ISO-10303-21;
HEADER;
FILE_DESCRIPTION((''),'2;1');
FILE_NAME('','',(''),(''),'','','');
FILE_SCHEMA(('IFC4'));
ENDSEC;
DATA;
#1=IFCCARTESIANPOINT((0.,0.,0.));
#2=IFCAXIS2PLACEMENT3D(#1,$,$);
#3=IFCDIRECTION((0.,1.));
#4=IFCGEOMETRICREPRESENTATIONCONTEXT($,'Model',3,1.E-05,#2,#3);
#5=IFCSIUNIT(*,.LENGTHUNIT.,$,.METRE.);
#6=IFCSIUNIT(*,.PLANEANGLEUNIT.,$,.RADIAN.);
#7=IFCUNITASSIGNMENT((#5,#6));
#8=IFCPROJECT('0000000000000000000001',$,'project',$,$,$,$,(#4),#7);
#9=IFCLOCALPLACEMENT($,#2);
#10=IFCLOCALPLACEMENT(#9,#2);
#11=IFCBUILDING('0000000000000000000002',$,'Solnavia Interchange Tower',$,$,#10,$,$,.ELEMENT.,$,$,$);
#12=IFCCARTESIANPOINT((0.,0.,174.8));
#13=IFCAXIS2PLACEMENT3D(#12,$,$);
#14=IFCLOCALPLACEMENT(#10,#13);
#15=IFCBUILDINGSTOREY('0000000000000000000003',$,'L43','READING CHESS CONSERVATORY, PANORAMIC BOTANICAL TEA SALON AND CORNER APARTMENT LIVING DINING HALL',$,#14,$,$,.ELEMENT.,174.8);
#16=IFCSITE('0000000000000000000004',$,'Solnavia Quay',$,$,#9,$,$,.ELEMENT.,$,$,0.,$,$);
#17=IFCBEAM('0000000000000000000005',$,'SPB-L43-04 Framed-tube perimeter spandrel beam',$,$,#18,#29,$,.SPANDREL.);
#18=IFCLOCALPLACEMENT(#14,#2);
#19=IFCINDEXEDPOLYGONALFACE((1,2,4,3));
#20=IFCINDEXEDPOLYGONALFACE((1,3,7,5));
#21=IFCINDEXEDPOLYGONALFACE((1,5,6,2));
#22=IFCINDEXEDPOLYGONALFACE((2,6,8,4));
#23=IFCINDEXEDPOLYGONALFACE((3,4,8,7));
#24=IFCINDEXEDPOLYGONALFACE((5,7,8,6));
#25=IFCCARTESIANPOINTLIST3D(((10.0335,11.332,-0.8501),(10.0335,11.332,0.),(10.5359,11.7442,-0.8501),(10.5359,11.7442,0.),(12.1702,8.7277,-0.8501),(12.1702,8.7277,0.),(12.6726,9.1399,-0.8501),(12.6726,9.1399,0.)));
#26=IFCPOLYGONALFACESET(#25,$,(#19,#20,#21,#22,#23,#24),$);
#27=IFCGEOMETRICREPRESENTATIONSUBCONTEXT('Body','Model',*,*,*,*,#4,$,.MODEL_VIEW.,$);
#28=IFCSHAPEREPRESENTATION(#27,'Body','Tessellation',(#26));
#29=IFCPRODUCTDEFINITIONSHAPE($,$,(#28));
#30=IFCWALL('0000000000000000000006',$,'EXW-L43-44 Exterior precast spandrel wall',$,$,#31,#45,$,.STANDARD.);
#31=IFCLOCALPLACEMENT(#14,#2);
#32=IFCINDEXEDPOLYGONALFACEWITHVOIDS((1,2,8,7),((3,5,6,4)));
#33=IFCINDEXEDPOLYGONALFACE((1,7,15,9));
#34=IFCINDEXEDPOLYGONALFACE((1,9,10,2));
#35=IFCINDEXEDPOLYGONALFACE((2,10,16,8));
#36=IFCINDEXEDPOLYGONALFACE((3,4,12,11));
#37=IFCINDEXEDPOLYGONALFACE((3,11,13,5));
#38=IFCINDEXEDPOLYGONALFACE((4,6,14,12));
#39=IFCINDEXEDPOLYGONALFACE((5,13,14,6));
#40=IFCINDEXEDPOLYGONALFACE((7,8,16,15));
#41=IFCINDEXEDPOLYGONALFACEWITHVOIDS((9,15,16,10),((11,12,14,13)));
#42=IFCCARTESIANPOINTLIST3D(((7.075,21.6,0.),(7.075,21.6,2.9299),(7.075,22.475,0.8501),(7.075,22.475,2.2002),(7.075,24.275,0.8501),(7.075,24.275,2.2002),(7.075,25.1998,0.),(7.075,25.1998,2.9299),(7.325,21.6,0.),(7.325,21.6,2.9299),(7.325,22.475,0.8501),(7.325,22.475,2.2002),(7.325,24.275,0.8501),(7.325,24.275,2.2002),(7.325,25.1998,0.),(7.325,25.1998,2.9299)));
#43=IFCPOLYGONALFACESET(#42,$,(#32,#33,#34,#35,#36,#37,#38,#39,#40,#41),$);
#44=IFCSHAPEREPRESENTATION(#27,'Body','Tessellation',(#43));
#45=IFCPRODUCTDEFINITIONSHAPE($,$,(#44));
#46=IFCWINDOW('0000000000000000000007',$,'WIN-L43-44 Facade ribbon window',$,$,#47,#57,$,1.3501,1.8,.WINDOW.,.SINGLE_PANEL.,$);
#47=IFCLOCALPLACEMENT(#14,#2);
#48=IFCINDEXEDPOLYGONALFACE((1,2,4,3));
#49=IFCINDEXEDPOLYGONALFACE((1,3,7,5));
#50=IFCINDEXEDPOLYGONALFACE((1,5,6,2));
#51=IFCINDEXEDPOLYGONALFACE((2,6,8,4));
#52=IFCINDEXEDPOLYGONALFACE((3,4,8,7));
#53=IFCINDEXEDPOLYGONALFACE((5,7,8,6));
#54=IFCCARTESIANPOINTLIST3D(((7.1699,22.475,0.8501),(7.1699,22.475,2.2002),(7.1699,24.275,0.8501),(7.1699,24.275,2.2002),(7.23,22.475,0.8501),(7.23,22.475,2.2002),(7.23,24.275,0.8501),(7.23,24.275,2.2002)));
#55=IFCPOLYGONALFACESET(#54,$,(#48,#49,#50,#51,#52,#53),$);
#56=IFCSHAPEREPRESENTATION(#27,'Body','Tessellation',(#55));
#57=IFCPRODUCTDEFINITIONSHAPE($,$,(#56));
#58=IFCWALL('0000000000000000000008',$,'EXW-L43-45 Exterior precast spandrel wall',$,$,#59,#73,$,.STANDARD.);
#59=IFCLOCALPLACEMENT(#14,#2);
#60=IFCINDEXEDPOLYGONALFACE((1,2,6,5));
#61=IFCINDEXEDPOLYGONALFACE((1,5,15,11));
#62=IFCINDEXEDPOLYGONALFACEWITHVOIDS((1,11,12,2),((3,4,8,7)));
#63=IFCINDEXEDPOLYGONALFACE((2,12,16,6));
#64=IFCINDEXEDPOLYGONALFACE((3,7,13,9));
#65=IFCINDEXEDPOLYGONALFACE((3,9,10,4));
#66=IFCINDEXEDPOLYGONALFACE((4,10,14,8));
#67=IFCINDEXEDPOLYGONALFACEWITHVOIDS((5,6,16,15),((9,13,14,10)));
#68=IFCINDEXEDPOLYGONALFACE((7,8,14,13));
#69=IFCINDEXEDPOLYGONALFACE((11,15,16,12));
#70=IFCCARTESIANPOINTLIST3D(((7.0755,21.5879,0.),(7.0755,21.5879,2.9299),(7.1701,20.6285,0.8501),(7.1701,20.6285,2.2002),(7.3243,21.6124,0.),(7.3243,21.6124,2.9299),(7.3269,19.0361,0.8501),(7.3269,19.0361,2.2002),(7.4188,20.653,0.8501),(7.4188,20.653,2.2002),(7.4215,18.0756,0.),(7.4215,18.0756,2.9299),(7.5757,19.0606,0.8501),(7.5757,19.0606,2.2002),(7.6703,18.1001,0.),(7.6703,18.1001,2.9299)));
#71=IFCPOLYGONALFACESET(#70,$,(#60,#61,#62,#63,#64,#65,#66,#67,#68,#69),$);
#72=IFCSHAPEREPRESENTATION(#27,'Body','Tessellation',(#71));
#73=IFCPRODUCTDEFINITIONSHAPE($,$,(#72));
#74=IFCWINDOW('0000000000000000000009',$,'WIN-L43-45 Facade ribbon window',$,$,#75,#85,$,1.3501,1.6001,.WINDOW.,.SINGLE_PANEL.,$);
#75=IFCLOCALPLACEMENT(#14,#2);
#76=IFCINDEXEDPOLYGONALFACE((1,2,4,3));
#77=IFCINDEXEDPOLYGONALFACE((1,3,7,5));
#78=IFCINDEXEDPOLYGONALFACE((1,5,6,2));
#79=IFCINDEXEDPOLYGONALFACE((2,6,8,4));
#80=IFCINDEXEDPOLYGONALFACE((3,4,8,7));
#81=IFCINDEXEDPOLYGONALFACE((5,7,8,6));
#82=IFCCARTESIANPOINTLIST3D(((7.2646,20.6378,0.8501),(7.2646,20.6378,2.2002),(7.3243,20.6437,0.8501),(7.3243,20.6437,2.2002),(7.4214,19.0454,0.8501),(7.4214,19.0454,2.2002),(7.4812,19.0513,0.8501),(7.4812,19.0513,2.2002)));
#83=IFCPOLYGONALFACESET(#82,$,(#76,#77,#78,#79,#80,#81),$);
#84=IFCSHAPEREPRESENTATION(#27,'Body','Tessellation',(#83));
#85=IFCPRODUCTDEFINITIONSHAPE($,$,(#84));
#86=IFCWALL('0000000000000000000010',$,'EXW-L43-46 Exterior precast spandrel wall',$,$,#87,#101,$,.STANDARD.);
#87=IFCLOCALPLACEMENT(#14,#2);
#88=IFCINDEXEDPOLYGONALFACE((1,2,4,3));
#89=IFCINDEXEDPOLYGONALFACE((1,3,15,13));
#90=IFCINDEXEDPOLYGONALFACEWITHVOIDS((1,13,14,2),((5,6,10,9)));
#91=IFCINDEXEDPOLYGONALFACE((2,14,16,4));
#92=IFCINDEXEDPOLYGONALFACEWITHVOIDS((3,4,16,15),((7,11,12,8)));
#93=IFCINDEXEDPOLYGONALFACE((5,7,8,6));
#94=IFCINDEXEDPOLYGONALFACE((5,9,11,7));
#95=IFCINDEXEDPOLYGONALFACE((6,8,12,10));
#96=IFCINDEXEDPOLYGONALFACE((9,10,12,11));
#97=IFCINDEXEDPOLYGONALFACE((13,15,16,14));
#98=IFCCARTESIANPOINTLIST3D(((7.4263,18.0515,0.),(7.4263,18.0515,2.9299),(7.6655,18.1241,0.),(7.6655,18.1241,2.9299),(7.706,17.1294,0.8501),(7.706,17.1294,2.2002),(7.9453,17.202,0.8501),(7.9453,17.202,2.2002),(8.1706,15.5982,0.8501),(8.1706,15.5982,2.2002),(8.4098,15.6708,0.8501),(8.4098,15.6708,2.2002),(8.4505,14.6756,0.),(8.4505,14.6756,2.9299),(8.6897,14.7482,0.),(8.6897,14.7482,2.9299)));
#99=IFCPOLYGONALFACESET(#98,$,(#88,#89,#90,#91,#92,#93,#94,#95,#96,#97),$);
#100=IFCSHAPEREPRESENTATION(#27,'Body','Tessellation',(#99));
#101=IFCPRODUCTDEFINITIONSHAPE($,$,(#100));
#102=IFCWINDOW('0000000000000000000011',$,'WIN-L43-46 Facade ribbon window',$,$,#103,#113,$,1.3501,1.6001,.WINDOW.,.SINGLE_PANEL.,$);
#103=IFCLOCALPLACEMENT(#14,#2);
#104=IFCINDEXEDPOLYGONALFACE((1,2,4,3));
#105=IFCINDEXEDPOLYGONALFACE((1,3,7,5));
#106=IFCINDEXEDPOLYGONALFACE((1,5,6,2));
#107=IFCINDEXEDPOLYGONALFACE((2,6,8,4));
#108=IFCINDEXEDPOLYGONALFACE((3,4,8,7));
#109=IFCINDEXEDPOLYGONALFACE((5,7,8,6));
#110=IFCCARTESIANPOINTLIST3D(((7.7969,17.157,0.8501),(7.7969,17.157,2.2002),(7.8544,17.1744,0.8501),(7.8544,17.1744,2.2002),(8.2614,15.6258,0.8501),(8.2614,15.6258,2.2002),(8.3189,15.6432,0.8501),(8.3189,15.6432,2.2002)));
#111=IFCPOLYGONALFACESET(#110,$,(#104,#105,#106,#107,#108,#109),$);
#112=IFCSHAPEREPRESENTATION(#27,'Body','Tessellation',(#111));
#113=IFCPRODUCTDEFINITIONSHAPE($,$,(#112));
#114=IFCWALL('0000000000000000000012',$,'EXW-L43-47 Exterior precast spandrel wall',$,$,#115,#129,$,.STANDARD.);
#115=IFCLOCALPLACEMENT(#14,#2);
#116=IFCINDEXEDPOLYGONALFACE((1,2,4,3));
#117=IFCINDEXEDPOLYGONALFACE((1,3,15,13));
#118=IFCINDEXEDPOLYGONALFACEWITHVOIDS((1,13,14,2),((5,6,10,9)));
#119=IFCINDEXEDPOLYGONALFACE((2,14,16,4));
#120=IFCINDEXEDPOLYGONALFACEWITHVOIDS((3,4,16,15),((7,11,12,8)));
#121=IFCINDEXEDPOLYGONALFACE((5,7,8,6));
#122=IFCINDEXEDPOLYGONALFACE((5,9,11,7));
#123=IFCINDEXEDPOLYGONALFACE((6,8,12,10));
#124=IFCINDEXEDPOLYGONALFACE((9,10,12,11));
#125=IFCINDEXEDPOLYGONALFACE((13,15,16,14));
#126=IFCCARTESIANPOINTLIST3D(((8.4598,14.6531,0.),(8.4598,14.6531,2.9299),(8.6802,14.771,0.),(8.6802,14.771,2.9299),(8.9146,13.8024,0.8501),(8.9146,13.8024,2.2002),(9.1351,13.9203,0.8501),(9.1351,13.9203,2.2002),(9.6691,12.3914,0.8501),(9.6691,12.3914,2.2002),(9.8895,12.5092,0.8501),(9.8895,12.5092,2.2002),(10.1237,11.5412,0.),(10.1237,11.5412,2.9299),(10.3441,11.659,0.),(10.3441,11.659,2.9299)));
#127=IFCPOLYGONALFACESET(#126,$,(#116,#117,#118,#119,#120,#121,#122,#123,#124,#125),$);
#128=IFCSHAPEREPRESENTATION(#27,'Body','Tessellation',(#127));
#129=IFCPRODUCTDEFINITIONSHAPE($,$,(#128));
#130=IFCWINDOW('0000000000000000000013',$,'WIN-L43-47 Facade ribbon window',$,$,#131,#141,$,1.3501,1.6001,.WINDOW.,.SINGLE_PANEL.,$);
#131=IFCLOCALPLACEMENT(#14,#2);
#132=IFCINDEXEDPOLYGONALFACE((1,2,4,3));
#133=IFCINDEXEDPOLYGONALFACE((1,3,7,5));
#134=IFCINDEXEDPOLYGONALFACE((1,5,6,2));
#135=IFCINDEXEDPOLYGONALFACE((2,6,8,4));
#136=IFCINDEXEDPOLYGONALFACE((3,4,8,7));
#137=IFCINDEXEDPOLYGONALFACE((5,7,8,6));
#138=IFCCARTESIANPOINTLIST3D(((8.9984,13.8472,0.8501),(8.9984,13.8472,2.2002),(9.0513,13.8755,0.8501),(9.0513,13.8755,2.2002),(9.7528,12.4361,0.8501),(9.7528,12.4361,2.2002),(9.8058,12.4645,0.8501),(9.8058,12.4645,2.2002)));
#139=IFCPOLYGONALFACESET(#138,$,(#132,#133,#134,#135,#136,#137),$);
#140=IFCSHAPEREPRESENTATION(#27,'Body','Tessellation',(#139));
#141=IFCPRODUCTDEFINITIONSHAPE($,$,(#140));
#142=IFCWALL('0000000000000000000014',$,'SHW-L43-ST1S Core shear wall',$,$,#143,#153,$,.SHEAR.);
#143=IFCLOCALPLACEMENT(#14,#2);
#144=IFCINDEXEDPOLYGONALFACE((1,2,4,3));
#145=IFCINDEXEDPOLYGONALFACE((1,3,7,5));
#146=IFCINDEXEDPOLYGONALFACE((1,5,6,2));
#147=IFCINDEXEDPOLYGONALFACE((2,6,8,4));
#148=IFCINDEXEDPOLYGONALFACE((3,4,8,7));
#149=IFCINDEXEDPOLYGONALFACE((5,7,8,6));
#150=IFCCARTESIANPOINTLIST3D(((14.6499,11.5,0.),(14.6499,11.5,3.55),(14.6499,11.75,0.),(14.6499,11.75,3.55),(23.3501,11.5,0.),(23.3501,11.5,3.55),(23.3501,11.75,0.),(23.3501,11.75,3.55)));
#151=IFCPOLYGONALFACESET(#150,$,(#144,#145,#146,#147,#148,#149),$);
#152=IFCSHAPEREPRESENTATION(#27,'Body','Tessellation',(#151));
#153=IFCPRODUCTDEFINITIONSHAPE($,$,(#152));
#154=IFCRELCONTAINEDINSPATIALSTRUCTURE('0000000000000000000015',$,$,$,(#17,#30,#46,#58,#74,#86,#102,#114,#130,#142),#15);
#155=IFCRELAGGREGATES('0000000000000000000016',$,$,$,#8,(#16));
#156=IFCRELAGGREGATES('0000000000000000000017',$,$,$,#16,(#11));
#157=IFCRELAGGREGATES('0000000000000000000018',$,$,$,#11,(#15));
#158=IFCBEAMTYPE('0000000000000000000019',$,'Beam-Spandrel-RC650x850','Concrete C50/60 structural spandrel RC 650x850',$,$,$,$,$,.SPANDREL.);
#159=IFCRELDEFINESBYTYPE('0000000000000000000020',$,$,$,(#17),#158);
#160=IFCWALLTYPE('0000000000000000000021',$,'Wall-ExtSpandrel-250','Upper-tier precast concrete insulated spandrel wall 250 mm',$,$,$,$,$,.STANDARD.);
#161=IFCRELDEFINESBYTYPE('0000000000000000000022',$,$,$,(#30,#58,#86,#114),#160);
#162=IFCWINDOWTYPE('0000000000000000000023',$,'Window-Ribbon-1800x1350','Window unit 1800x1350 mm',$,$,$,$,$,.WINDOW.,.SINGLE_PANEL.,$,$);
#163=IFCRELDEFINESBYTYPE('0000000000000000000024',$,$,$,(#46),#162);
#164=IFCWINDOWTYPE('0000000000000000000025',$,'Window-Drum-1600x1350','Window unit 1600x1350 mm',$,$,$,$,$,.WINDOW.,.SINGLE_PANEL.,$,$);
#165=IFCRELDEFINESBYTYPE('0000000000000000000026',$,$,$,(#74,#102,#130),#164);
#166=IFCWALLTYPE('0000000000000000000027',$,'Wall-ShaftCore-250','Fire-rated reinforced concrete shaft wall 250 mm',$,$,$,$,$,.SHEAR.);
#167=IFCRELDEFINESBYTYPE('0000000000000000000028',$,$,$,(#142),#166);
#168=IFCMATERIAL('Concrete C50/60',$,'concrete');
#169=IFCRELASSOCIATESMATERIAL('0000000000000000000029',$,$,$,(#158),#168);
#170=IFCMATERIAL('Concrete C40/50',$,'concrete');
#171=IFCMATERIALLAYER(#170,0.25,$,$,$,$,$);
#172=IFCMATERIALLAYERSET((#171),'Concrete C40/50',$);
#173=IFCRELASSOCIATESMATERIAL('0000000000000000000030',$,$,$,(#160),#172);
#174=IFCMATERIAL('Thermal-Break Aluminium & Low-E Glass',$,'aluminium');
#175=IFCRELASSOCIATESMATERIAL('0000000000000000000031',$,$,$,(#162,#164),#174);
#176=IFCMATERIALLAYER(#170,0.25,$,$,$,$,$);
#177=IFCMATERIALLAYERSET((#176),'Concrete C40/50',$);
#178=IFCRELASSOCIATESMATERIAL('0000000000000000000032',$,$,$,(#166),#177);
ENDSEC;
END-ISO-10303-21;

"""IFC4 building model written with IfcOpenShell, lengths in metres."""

from ifc_helpers import new_model, si_unit, direction, frame, frame_2d, origin, origin_2d, place, context, subcontext, project, spatial, rectangle, extrude, material, layer, layer_set, material_profile, profile_set, type_object, element, fill, save


model = new_model("IFC4")

# Units and contexts
model_context = context("Model", 3, precision=1e-05, world=origin(), true_north=direction((0.0, 1.0)))
body_context = subcontext(model_context, "Body", "Model", "MODEL_VIEW")
ifc_project = project(units=[si_unit("LENGTHUNIT", "METRE"), si_unit("PLANEANGLEUNIT", "RADIAN")], contexts=[model_context])

# Site, building, storey
site_placement = place(None, origin())
site = spatial("IfcSite", under=ifc_project, at=site_placement, Name="Solnavia Quay", CompositionType="ELEMENT", RefElevation=0.0)
building_placement = place(site_placement, origin())
building = spatial("IfcBuilding", under=site, at=building_placement, Name="Solnavia Interchange Tower", CompositionType="ELEMENT")
storey_placement = place(building_placement, frame((0.0, 0.0, 174.8)))
storey = spatial("IfcBuildingStorey", under=building, at=storey_placement, Name="L43", Description="READING CHESS CONSERVATORY, PANORAMIC BOTANICAL TEA SALON AND CORNER APARTMENT LIVING DINING HALL", CompositionType="ELEMENT", Elevation=174.8)

# Shared definitions
ifc_material_1 = material(Name="Concrete C50/60", Category="concrete")

# Beam
ifc_material_profile_1 = material_profile(ifc_material_1, rectangle(XDim=0.6499, YDim=0.8501, at=origin_2d()), Name="RC 650x850")
ifc_profile_set_1 = profile_set([ifc_material_profile_1], Name="Concrete C50/60")
beam_type_1 = type_object("IfcBeamType", Name="Beam-Spandrel-RC650x850", Description="Concrete C50/60 structural spandrel RC 650x850", PredefinedType="SPANDREL", material=ifc_profile_set_1)
beam_1_placement = place(storey_placement, frame((10.2847, 11.5381, -0.425), z_axis=(0.634299, -0.773088, 0.0), x_axis=(0.773088, 0.634299, 0.0)))
element("IfcBeam", 1, at=beam_1_placement, inside=storey, type_object=beam_type_1, Name="SPB-L43-04 Framed-tube perimeter spandrel beam", PredefinedType="SPANDREL", context=body_context, shape_type="SweptSolid", body=[
    extrude(rectangle(XDim=0.6499, YDim=0.8501, at=origin_2d()), origin(), (0.0, 0.0, 1.0), 3.3687),
])

# Walls, openings, windows
ifc_material_2 = material(Name="Concrete C40/50", Category="concrete")
ifc_layer_1 = layer(ifc_material_2, 0.25)
ifc_layer_set_1 = layer_set([ifc_layer_1], Name="Concrete C40/50")
wall_type_1 = type_object("IfcWallType", Name="Wall-ExtSpandrel-250", Description="Upper-tier precast concrete insulated spandrel wall 250 mm", PredefinedType="STANDARD", material=ifc_layer_set_1)
wall_1_placement = place(storey_placement, frame((7.2, 21.6001, 0.0), z_axis=(0.0, 0.0, 1.0), x_axis=(0.0, 1.0, 0.0)))
wall_1 = element("IfcWall", 2, at=wall_1_placement, inside=storey, type_object=wall_type_1, Name="EXW-L43-44 Exterior precast spandrel wall", PredefinedType="STANDARD", context=body_context, shape_type="SweptSolid", body=[
    extrude(rectangle(XDim=3.5999, YDim=0.25, at=frame_2d((1.7998, 0.0))), origin(), (0.0, 0.0, 1.0), 2.9299),
])
opening_1_placement = place(wall_1_placement, frame((0.875, 0.0, 0.8501)))
opening_1 = element("IfcOpeningElement", 3, at=opening_1_placement, cuts=wall_1, PredefinedType="OPENING", context=body_context, shape_type="SweptSolid", body=[
    extrude(rectangle(XDim=1.8, YDim=1.3501, at=frame_2d((0.8999, 0.675))), frame((0.0, 0.135, 0.0), z_axis=(0.0, -1.0, 0.0), x_axis=(1.0, 0.0, 0.0)), (0.0, 0.0, 1.0), 0.27),
])
ifc_material_3 = material(Name="Thermal-Break Aluminium & Low-E Glass", Category="aluminium")
window_type_1 = type_object("IfcWindowType", Name="Window-Ribbon-1800x1350", Description="Window unit 1800x1350 mm", PartitioningType="SINGLE_PANEL", PredefinedType="WINDOW", material=ifc_material_3)
window_1_placement = place(opening_1_placement, origin())
window_1 = element("IfcWindow", 4, at=window_1_placement, inside=storey, type_object=window_type_1, Name="WIN-L43-44 Facade ribbon window", OverallHeight=1.3501, OverallWidth=1.8, PartitioningType="SINGLE_PANEL", PredefinedType="WINDOW", context=body_context, shape_type="SweptSolid", body=[
    extrude(rectangle(XDim=1.8, YDim=1.3501, at=frame_2d((0.8999, 0.675))), frame((0.0, 0.03, 0.0), z_axis=(0.0, -1.0, 0.0), x_axis=(1.0, 0.0, 0.0)), (0.0, 0.0, 1.0), 0.0601),
])
fill(opening_1, window_1)
wall_2_placement = place(storey_placement, frame((7.5459, 18.0879, 0.0), z_axis=(0.0, 0.0, 1.0), x_axis=(-0.098024, 0.995184, 0.0)))
wall_2 = element("IfcWall", 5, at=wall_2_placement, inside=storey, type_object=wall_type_1, Name="EXW-L43-45 Exterior precast spandrel wall", PredefinedType="STANDARD", context=body_context, shape_type="SweptSolid", body=[
    extrude(rectangle(XDim=3.5293, YDim=0.25, at=frame_2d((1.7646, 0.0))), origin(), (0.0, 0.0, 1.0), 2.9299),
])
opening_2_placement = place(wall_2_placement, frame((0.9651, 0.0, 0.8501)))
opening_2 = element("IfcOpeningElement", 6, at=opening_2_placement, cuts=wall_2, PredefinedType="OPENING", context=body_context, shape_type="SweptSolid", body=[
    extrude(rectangle(XDim=1.6001, YDim=1.3501, at=frame_2d((0.8, 0.675))), frame((0.0, 0.135, 0.0), z_axis=(0.0, -1.0, 0.0), x_axis=(1.0, 0.0, 0.0)), (0.0, 0.0, 1.0), 0.27),
])
window_type_2 = type_object("IfcWindowType", Name="Window-Drum-1600x1350", Description="Window unit 1600x1350 mm", PartitioningType="SINGLE_PANEL", PredefinedType="WINDOW", material=ifc_material_3)
window_2_placement = place(opening_2_placement, origin())
window_2 = element("IfcWindow", 7, at=window_2_placement, inside=storey, type_object=window_type_2, Name="WIN-L43-45 Facade ribbon window", OverallHeight=1.3501, OverallWidth=1.6001, PartitioningType="SINGLE_PANEL", PredefinedType="WINDOW", context=body_context, shape_type="SweptSolid", body=[
    extrude(rectangle(XDim=1.6001, YDim=1.3501, at=frame_2d((0.8, 0.675))), frame((0.0, 0.03, 0.0), z_axis=(0.0, -1.0, 0.0), x_axis=(1.0, 0.0, 0.0)), (0.0, 0.0, 1.0), 0.0601),
])
fill(opening_2, window_2)
wall_3_placement = place(storey_placement, frame((8.5701, 14.7119, 0.0), z_axis=(0.0, 0.0, 1.0), x_axis=(-0.290305, 0.956934, 0.0)))
wall_3 = element("IfcWall", 8, at=wall_3_placement, inside=storey, type_object=wall_type_1, Name="EXW-L43-46 Exterior precast spandrel wall", PredefinedType="STANDARD", context=body_context, shape_type="SweptSolid", body=[
    extrude(rectangle(XDim=3.5278, YDim=0.25, at=frame_2d((1.7639, 0.0))), origin(), (0.0, 0.0, 1.0), 2.9299),
])
opening_3_placement = place(wall_3_placement, frame((0.9641, 0.0, 0.8501)))
opening_3 = element("IfcOpeningElement", 9, at=opening_3_placement, cuts=wall_3, PredefinedType="OPENING", context=body_context, shape_type="SweptSolid", body=[
    extrude(rectangle(XDim=1.6001, YDim=1.3501, at=frame_2d((0.8, 0.675))), frame((0.0, 0.135, 0.0), z_axis=(0.0, -1.0, 0.0), x_axis=(1.0, 0.0, 0.0)), (0.0, 0.0, 1.0), 0.27),
])
window_3_placement = place(opening_3_placement, origin())
window_3 = element("IfcWindow", 10, at=window_3_placement, inside=storey, type_object=window_type_2, Name="WIN-L43-46 Facade ribbon window", OverallHeight=1.3501, OverallWidth=1.6001, PartitioningType="SINGLE_PANEL", PredefinedType="WINDOW", context=body_context, shape_type="SweptSolid", body=[
    extrude(rectangle(XDim=1.6001, YDim=1.3501, at=frame_2d((0.8, 0.675))), frame((0.0, 0.03, 0.0), z_axis=(0.0, -1.0, 0.0), x_axis=(1.0, 0.0, 0.0)), (0.0, 0.0, 1.0), 0.0601),
])
fill(opening_3, window_3)
wall_4_placement = place(storey_placement, frame((10.2339, 11.6001, 0.0), z_axis=(0.0, 0.0, 1.0), x_axis=(-0.471511, 0.88186, 0.0)))
wall_4 = element("IfcWall", 11, at=wall_4_placement, inside=storey, type_object=wall_type_1, Name="EXW-L43-47 Exterior precast spandrel wall", PredefinedType="STANDARD", context=body_context, shape_type="SweptSolid", body=[
    extrude(rectangle(XDim=3.5288, YDim=0.25, at=frame_2d((1.7644, 0.0))), origin(), (0.0, 0.0, 1.0), 2.9299),
])
opening_4_placement = place(wall_4_placement, frame((0.9641, 0.0, 0.8501)))
opening_4 = element("IfcOpeningElement", 12, at=opening_4_placement, cuts=wall_4, PredefinedType="OPENING", context=body_context, shape_type="SweptSolid", body=[
    extrude(rectangle(XDim=1.6001, YDim=1.3501, at=frame_2d((0.8, 0.675))), frame((0.0, 0.135, 0.0), z_axis=(0.0, -1.0, 0.0), x_axis=(1.0, 0.0, 0.0)), (0.0, 0.0, 1.0), 0.27),
])
window_4_placement = place(opening_4_placement, origin())
window_4 = element("IfcWindow", 13, at=window_4_placement, inside=storey, type_object=window_type_2, Name="WIN-L43-47 Facade ribbon window", OverallHeight=1.3501, OverallWidth=1.6001, PartitioningType="SINGLE_PANEL", PredefinedType="WINDOW", context=body_context, shape_type="SweptSolid", body=[
    extrude(rectangle(XDim=1.6001, YDim=1.3501, at=frame_2d((0.8, 0.675))), frame((0.0, 0.03, 0.0), z_axis=(0.0, -1.0, 0.0), x_axis=(1.0, 0.0, 0.0)), (0.0, 0.0, 1.0), 0.0601),
])
fill(opening_4, window_4)

# Wall
ifc_layer_2 = layer(ifc_material_2, 0.25)
ifc_layer_set_2 = layer_set([ifc_layer_2], Name="Concrete C40/50")
wall_type_2 = type_object("IfcWallType", Name="Wall-ShaftCore-250", Description="Fire-rated reinforced concrete shaft wall 250 mm", PredefinedType="SHEAR", material=ifc_layer_set_2)
wall_5_placement = place(storey_placement, frame((14.6499, 11.625, 0.0), z_axis=(0.0, 0.0, 1.0), x_axis=(1.0, 0.0, 0.0)))
element("IfcWall", 14, at=wall_5_placement, inside=storey, type_object=wall_type_2, Name="SHW-L43-ST1S Core shear wall", PredefinedType="SHEAR", context=body_context, shape_type="SweptSolid", body=[
    extrude(rectangle(XDim=8.7002, YDim=0.25, at=frame_2d((4.3501, 0.0))), origin(), (0.0, 0.0, 1.0), 3.55),
])

save(model, "model.ifc")
